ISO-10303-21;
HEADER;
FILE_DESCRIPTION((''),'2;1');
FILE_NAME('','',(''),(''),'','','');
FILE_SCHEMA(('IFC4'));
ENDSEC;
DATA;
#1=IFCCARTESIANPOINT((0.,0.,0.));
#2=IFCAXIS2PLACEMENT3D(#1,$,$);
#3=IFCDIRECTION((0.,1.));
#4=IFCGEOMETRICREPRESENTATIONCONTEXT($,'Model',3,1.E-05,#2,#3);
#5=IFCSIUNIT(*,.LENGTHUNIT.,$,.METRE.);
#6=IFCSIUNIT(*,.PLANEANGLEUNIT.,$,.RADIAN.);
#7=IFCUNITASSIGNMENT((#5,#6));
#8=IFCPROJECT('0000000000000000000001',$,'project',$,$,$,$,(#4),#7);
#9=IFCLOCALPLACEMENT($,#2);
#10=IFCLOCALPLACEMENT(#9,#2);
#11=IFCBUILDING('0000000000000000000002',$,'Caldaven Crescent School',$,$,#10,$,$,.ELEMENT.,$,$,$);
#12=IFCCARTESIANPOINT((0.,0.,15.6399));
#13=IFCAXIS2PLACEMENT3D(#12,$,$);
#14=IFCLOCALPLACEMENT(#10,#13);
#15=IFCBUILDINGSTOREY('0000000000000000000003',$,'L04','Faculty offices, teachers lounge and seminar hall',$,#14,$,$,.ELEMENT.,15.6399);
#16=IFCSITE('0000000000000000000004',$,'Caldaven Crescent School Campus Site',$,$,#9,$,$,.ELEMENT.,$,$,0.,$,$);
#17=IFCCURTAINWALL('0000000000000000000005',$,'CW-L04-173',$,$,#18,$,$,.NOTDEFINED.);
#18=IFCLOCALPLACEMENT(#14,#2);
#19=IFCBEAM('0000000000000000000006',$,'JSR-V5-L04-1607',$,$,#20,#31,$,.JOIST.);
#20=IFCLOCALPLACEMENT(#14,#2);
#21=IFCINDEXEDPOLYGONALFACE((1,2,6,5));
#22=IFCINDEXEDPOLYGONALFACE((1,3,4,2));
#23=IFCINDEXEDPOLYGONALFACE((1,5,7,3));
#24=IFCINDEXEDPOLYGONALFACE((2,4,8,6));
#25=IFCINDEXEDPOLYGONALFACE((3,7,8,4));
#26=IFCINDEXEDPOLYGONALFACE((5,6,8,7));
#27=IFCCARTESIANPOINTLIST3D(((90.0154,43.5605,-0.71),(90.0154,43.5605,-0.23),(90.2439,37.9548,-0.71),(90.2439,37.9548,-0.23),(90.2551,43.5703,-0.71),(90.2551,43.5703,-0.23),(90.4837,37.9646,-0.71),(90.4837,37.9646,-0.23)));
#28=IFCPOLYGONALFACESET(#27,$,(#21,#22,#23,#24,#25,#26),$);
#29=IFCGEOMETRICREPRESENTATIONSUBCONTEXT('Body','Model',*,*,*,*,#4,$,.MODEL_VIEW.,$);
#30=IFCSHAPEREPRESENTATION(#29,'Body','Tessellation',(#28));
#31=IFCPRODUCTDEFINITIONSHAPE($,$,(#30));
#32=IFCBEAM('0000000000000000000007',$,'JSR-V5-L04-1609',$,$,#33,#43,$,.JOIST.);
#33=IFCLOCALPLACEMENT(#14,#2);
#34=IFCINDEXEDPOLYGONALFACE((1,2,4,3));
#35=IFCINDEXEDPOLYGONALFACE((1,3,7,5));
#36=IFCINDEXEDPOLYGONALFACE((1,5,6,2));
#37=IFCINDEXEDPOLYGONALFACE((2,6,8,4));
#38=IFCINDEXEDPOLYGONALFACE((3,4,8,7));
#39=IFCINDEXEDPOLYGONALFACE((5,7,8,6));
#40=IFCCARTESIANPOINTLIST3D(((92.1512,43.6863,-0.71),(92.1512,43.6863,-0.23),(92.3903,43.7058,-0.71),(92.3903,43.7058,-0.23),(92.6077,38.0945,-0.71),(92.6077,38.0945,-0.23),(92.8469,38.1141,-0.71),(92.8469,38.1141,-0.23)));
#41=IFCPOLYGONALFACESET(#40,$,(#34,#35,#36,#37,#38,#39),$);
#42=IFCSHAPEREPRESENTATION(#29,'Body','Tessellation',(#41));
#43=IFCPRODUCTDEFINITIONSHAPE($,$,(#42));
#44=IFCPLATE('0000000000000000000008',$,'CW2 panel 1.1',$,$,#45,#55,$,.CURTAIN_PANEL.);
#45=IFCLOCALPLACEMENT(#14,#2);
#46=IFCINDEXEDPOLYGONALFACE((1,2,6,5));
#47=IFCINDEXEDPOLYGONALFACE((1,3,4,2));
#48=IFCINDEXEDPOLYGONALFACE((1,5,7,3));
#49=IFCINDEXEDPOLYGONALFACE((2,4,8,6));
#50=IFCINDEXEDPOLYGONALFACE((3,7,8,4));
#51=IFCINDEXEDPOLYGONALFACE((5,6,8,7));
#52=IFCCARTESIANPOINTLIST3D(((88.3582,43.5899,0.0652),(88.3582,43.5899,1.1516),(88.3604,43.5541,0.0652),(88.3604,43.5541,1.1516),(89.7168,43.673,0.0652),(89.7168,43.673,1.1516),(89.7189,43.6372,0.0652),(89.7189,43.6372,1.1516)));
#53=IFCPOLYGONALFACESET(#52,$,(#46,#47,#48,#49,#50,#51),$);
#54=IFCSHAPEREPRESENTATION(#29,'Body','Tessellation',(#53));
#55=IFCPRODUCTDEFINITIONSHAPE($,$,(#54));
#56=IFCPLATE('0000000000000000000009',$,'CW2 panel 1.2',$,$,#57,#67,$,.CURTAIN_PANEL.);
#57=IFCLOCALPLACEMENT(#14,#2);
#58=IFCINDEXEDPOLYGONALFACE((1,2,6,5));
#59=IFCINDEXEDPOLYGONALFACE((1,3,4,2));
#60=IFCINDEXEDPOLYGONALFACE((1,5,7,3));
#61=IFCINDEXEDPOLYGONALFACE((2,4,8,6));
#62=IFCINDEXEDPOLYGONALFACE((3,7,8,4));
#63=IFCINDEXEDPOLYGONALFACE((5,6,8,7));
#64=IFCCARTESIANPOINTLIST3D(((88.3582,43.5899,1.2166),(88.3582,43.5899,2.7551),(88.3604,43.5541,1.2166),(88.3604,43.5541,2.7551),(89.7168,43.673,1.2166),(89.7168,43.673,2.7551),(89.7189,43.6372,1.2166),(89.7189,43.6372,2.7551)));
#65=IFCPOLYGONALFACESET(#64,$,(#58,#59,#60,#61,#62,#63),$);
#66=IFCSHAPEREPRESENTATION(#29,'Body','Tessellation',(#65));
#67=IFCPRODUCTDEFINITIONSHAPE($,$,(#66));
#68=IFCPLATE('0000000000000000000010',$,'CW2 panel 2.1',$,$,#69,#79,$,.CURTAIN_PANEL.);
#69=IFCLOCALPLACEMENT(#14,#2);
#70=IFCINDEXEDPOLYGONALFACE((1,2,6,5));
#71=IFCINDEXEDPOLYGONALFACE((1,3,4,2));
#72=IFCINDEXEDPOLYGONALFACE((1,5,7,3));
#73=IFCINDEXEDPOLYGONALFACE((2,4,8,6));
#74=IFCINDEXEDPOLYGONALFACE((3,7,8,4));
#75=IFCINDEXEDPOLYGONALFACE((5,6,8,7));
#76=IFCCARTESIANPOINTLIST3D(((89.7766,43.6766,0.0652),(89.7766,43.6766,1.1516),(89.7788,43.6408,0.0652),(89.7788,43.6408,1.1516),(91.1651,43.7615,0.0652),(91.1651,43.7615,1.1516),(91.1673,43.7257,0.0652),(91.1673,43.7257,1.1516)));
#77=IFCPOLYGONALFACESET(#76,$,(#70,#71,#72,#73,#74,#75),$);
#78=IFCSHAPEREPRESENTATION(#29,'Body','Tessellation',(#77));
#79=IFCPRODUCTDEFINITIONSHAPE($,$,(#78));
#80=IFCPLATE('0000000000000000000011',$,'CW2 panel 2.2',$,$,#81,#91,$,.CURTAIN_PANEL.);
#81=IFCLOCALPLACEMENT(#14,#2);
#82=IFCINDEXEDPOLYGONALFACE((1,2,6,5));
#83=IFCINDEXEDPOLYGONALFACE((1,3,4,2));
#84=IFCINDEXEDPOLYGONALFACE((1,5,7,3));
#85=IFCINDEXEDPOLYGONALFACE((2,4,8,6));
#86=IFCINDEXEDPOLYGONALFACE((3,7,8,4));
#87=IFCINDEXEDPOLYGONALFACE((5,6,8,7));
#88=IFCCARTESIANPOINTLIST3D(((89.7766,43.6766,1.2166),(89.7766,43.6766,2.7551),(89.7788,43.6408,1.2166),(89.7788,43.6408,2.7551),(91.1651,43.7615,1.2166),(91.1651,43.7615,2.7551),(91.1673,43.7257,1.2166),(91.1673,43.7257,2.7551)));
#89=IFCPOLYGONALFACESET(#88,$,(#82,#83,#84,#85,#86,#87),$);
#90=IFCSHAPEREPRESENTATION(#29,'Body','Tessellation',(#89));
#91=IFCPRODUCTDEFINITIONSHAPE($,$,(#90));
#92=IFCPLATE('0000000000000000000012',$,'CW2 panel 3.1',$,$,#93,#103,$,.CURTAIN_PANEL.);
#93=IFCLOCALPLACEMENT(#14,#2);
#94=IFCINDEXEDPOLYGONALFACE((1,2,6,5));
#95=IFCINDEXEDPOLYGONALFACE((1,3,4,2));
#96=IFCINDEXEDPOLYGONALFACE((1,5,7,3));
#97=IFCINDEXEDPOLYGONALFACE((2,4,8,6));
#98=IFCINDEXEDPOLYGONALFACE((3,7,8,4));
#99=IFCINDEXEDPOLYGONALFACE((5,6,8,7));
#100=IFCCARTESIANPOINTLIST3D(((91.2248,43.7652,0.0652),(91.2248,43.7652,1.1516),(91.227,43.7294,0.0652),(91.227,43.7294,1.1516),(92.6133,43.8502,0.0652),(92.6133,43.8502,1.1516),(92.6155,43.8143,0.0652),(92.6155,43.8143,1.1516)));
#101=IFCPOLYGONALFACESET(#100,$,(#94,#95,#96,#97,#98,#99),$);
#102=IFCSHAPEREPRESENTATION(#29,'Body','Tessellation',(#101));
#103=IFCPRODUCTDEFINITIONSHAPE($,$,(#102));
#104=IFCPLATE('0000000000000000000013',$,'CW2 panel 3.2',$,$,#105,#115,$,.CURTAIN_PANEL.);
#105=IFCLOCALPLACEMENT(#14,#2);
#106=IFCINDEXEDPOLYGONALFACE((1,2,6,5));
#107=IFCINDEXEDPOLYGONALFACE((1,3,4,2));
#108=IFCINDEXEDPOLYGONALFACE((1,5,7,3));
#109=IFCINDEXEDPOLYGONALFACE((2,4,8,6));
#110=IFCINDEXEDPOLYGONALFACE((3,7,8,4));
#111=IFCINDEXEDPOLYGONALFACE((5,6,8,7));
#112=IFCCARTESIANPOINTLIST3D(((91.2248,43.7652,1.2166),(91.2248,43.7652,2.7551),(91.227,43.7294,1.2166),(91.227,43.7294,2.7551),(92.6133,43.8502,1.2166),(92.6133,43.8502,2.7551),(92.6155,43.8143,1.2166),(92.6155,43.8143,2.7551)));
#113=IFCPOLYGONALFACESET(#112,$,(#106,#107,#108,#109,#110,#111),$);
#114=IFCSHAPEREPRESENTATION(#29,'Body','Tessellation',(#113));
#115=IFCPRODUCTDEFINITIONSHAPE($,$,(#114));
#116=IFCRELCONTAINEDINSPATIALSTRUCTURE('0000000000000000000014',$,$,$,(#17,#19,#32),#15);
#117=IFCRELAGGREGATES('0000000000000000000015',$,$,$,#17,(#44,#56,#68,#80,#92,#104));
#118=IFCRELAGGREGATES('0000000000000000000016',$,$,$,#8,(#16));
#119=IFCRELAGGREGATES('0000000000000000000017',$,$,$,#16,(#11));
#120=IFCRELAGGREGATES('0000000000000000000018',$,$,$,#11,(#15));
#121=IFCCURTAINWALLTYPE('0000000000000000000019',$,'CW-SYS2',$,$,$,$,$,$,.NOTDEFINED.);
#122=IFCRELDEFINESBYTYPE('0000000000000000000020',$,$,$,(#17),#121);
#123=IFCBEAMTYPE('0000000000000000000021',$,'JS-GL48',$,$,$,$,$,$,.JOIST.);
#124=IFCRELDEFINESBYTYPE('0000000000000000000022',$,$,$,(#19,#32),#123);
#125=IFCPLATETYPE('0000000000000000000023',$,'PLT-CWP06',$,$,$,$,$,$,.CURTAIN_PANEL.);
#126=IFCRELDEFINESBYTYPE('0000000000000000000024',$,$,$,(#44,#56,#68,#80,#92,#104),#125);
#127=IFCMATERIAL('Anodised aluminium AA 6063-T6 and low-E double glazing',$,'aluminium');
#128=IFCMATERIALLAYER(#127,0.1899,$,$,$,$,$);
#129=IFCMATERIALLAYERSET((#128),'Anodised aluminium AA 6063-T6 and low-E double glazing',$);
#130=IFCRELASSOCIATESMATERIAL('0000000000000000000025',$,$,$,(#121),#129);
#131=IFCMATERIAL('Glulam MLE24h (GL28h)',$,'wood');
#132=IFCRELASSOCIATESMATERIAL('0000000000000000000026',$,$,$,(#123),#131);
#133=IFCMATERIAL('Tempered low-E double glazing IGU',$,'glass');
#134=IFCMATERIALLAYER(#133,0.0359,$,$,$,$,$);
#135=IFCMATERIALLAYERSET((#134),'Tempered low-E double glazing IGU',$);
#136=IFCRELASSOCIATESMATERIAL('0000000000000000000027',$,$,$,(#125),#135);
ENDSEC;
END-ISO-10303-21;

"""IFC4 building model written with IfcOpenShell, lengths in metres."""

from ifc_helpers import new_model, si_unit, direction, frame, origin, origin_2d, place, context, subcontext, project, spatial, rectangle, extrude, material, layer, layer_set, material_profile, profile_set, type_object, element, aggregate, save


model = new_model("IFC4")

# Units and contexts
model_context = context("Model", 3, precision=1e-05, world=origin(), true_north=direction((0.0, 1.0)))
body_context = subcontext(model_context, "Body", "Model", "MODEL_VIEW")
ifc_project = project(units=[si_unit("LENGTHUNIT", "METRE"), si_unit("PLANEANGLEUNIT", "RADIAN")], contexts=[model_context])

# Site, building, storey
site_placement = place(None, origin())
site = spatial("IfcSite", under=ifc_project, at=site_placement, Name="Caldaven Crescent School Campus Site", CompositionType="ELEMENT", RefElevation=0.0)
building_placement = place(site_placement, origin())
building = spatial("IfcBuilding", under=site, at=building_placement, Name="Caldaven Crescent School", CompositionType="ELEMENT")
storey_placement = place(building_placement, frame((0.0, 0.0, 15.6399)))
storey = spatial("IfcBuildingStorey", under=building, at=storey_placement, Name="L04", Description="Faculty offices, teachers lounge and seminar hall", CompositionType="ELEMENT", Elevation=15.6399)

# Curtain wall
ifc_material_1 = material(Name="Anodised aluminium AA 6063-T6 and low-E double glazing", Category="aluminium")
ifc_layer_1 = layer(ifc_material_1, 0.1899)
ifc_layer_set_1 = layer_set([ifc_layer_1], Name="Anodised aluminium AA 6063-T6 and low-E double glazing")
curtain_wall_type = type_object("IfcCurtainWallType", Name="CW-SYS2", PredefinedType="NOTDEFINED", material=ifc_layer_set_1)
curtain_wall_placement = place(storey_placement, origin())
curtain_wall = element("IfcCurtainWall", 1, at=curtain_wall_placement, inside=storey, type_object=curtain_wall_type, Name="CW-L04-173", PredefinedType="NOTDEFINED")

# Beams
ifc_material_2 = material(Name="Glulam MLE24h (GL28h)", Category="wood")
ifc_material_profile_1 = material_profile(ifc_material_2, rectangle(XDim=0.24, YDim=0.48, at=origin_2d()), Name="MLE 240x480")
ifc_profile_set_1 = profile_set([ifc_material_profile_1], Name="Glulam MLE24h (GL28h)")
beam_type = type_object("IfcBeamType", Name="JS-GL48", PredefinedType="JOIST", material=ifc_profile_set_1)
for number, where, z_axis, x_axis, name in (
    (2, (90.1353, 43.5654, -0.47), (0.040731, -0.99917, 0.0), (0.99917, 0.040731, 0.0), "JSR-V5-L04-1607"),
    (3, (92.2708, 43.696, -0.47), (0.081374, -0.996684, 0.0), (0.996684, 0.081374, 0.0), "JSR-V5-L04-1609"),
):
    element("IfcBeam", number, at=place(storey_placement, frame(where, z_axis=z_axis, x_axis=x_axis)), inside=storey, type_object=beam_type, Name=name, PredefinedType="JOIST", context=body_context, shape_type="SweptSolid", body=[
        extrude(rectangle(XDim=0.24, YDim=0.48, at=origin_2d()), origin(), (0.0, 0.0, 1.0), 5.6104),
    ])

# Plates
ifc_material_3 = material(Name="Tempered low-E double glazing IGU", Category="glass")
ifc_layer_2 = layer(ifc_material_3, 0.0359)
ifc_layer_set_2 = layer_set([ifc_layer_2], Name="Tempered low-E double glazing IGU")
plate_type = type_object("IfcPlateType", Name="PLT-CWP06", PredefinedType="CURTAIN_PANEL", material=ifc_layer_set_2)
plate_1_placement = place(storey_placement, frame((89.0386, 43.6135, 0.0652), z_axis=(0.0, 0.0, 1.0), x_axis=(0.998135, 0.061049, 0.0)))
plate_1 = element("IfcPlate", 4, at=plate_1_placement, type_object=plate_type, Name="CW2 panel 1.1", PredefinedType="CURTAIN_PANEL", context=body_context, shape_type="SweptSolid", body=[
    extrude(rectangle(XDim=1.3611, YDim=0.0359, at=origin_2d()), origin(), (0.0, 0.0, 1.0), 1.0864),
])
plate_2_placement = place(storey_placement, frame((89.0386, 43.6135, 1.2166), z_axis=(0.0, 0.0, 1.0), x_axis=(0.998135, 0.061049, 0.0)))
plate_2 = element("IfcPlate", 5, at=plate_2_placement, type_object=plate_type, Name="CW2 panel 1.2", PredefinedType="CURTAIN_PANEL", context=body_context, shape_type="SweptSolid", body=[
    extrude(rectangle(XDim=1.3611, YDim=0.0359, at=origin_2d()), origin(), (0.0, 0.0, 1.0), 1.5386),
])
plate_3_placement = place(storey_placement, frame((90.4719, 43.7012, 0.0652), z_axis=(0.0, 0.0, 1.0), x_axis=(0.998135, 0.061049, 0.0)))
plate_3 = element("IfcPlate", 6, at=plate_3_placement, type_object=plate_type, Name="CW2 panel 2.1", PredefinedType="CURTAIN_PANEL", context=body_context, shape_type="SweptSolid", body=[
    extrude(rectangle(XDim=1.3911, YDim=0.0359, at=origin_2d()), origin(), (0.0, 0.0, 1.0), 1.0864),
])
plate_4_placement = place(storey_placement, frame((90.4719, 43.7012, 1.2166), z_axis=(0.0, 0.0, 1.0), x_axis=(0.998135, 0.061049, 0.0)))
plate_4 = element("IfcPlate", 7, at=plate_4_placement, type_object=plate_type, Name="CW2 panel 2.2", PredefinedType="CURTAIN_PANEL", context=body_context, shape_type="SweptSolid", body=[
    extrude(rectangle(XDim=1.3911, YDim=0.0359, at=origin_2d()), origin(), (0.0, 0.0, 1.0), 1.5386),
])
plate_5_placement = place(storey_placement, frame((91.9202, 43.7898, 0.0652), z_axis=(0.0, 0.0, 1.0), x_axis=(0.998135, 0.061049, 0.0)))
plate_5 = element("IfcPlate", 8, at=plate_5_placement, type_object=plate_type, Name="CW2 panel 3.1", PredefinedType="CURTAIN_PANEL", context=body_context, shape_type="SweptSolid", body=[
    extrude(rectangle(XDim=1.3911, YDim=0.0359, at=origin_2d()), origin(), (0.0, 0.0, 1.0), 1.0864),
])
plate_6_placement = place(storey_placement, frame((91.9202, 43.7898, 1.2166), z_axis=(0.0, 0.0, 1.0), x_axis=(0.998135, 0.061049, 0.0)))
plate_6 = element("IfcPlate", 9, at=plate_6_placement, type_object=plate_type, Name="CW2 panel 3.2", PredefinedType="CURTAIN_PANEL", context=body_context, shape_type="SweptSolid", body=[
    extrude(rectangle(XDim=1.3911, YDim=0.0359, at=origin_2d()), origin(), (0.0, 0.0, 1.0), 1.5386),
])
aggregate(curtain_wall, [plate_1, plate_2, plate_3, plate_4, plate_5, plate_6])

save(model, "model.ifc")
